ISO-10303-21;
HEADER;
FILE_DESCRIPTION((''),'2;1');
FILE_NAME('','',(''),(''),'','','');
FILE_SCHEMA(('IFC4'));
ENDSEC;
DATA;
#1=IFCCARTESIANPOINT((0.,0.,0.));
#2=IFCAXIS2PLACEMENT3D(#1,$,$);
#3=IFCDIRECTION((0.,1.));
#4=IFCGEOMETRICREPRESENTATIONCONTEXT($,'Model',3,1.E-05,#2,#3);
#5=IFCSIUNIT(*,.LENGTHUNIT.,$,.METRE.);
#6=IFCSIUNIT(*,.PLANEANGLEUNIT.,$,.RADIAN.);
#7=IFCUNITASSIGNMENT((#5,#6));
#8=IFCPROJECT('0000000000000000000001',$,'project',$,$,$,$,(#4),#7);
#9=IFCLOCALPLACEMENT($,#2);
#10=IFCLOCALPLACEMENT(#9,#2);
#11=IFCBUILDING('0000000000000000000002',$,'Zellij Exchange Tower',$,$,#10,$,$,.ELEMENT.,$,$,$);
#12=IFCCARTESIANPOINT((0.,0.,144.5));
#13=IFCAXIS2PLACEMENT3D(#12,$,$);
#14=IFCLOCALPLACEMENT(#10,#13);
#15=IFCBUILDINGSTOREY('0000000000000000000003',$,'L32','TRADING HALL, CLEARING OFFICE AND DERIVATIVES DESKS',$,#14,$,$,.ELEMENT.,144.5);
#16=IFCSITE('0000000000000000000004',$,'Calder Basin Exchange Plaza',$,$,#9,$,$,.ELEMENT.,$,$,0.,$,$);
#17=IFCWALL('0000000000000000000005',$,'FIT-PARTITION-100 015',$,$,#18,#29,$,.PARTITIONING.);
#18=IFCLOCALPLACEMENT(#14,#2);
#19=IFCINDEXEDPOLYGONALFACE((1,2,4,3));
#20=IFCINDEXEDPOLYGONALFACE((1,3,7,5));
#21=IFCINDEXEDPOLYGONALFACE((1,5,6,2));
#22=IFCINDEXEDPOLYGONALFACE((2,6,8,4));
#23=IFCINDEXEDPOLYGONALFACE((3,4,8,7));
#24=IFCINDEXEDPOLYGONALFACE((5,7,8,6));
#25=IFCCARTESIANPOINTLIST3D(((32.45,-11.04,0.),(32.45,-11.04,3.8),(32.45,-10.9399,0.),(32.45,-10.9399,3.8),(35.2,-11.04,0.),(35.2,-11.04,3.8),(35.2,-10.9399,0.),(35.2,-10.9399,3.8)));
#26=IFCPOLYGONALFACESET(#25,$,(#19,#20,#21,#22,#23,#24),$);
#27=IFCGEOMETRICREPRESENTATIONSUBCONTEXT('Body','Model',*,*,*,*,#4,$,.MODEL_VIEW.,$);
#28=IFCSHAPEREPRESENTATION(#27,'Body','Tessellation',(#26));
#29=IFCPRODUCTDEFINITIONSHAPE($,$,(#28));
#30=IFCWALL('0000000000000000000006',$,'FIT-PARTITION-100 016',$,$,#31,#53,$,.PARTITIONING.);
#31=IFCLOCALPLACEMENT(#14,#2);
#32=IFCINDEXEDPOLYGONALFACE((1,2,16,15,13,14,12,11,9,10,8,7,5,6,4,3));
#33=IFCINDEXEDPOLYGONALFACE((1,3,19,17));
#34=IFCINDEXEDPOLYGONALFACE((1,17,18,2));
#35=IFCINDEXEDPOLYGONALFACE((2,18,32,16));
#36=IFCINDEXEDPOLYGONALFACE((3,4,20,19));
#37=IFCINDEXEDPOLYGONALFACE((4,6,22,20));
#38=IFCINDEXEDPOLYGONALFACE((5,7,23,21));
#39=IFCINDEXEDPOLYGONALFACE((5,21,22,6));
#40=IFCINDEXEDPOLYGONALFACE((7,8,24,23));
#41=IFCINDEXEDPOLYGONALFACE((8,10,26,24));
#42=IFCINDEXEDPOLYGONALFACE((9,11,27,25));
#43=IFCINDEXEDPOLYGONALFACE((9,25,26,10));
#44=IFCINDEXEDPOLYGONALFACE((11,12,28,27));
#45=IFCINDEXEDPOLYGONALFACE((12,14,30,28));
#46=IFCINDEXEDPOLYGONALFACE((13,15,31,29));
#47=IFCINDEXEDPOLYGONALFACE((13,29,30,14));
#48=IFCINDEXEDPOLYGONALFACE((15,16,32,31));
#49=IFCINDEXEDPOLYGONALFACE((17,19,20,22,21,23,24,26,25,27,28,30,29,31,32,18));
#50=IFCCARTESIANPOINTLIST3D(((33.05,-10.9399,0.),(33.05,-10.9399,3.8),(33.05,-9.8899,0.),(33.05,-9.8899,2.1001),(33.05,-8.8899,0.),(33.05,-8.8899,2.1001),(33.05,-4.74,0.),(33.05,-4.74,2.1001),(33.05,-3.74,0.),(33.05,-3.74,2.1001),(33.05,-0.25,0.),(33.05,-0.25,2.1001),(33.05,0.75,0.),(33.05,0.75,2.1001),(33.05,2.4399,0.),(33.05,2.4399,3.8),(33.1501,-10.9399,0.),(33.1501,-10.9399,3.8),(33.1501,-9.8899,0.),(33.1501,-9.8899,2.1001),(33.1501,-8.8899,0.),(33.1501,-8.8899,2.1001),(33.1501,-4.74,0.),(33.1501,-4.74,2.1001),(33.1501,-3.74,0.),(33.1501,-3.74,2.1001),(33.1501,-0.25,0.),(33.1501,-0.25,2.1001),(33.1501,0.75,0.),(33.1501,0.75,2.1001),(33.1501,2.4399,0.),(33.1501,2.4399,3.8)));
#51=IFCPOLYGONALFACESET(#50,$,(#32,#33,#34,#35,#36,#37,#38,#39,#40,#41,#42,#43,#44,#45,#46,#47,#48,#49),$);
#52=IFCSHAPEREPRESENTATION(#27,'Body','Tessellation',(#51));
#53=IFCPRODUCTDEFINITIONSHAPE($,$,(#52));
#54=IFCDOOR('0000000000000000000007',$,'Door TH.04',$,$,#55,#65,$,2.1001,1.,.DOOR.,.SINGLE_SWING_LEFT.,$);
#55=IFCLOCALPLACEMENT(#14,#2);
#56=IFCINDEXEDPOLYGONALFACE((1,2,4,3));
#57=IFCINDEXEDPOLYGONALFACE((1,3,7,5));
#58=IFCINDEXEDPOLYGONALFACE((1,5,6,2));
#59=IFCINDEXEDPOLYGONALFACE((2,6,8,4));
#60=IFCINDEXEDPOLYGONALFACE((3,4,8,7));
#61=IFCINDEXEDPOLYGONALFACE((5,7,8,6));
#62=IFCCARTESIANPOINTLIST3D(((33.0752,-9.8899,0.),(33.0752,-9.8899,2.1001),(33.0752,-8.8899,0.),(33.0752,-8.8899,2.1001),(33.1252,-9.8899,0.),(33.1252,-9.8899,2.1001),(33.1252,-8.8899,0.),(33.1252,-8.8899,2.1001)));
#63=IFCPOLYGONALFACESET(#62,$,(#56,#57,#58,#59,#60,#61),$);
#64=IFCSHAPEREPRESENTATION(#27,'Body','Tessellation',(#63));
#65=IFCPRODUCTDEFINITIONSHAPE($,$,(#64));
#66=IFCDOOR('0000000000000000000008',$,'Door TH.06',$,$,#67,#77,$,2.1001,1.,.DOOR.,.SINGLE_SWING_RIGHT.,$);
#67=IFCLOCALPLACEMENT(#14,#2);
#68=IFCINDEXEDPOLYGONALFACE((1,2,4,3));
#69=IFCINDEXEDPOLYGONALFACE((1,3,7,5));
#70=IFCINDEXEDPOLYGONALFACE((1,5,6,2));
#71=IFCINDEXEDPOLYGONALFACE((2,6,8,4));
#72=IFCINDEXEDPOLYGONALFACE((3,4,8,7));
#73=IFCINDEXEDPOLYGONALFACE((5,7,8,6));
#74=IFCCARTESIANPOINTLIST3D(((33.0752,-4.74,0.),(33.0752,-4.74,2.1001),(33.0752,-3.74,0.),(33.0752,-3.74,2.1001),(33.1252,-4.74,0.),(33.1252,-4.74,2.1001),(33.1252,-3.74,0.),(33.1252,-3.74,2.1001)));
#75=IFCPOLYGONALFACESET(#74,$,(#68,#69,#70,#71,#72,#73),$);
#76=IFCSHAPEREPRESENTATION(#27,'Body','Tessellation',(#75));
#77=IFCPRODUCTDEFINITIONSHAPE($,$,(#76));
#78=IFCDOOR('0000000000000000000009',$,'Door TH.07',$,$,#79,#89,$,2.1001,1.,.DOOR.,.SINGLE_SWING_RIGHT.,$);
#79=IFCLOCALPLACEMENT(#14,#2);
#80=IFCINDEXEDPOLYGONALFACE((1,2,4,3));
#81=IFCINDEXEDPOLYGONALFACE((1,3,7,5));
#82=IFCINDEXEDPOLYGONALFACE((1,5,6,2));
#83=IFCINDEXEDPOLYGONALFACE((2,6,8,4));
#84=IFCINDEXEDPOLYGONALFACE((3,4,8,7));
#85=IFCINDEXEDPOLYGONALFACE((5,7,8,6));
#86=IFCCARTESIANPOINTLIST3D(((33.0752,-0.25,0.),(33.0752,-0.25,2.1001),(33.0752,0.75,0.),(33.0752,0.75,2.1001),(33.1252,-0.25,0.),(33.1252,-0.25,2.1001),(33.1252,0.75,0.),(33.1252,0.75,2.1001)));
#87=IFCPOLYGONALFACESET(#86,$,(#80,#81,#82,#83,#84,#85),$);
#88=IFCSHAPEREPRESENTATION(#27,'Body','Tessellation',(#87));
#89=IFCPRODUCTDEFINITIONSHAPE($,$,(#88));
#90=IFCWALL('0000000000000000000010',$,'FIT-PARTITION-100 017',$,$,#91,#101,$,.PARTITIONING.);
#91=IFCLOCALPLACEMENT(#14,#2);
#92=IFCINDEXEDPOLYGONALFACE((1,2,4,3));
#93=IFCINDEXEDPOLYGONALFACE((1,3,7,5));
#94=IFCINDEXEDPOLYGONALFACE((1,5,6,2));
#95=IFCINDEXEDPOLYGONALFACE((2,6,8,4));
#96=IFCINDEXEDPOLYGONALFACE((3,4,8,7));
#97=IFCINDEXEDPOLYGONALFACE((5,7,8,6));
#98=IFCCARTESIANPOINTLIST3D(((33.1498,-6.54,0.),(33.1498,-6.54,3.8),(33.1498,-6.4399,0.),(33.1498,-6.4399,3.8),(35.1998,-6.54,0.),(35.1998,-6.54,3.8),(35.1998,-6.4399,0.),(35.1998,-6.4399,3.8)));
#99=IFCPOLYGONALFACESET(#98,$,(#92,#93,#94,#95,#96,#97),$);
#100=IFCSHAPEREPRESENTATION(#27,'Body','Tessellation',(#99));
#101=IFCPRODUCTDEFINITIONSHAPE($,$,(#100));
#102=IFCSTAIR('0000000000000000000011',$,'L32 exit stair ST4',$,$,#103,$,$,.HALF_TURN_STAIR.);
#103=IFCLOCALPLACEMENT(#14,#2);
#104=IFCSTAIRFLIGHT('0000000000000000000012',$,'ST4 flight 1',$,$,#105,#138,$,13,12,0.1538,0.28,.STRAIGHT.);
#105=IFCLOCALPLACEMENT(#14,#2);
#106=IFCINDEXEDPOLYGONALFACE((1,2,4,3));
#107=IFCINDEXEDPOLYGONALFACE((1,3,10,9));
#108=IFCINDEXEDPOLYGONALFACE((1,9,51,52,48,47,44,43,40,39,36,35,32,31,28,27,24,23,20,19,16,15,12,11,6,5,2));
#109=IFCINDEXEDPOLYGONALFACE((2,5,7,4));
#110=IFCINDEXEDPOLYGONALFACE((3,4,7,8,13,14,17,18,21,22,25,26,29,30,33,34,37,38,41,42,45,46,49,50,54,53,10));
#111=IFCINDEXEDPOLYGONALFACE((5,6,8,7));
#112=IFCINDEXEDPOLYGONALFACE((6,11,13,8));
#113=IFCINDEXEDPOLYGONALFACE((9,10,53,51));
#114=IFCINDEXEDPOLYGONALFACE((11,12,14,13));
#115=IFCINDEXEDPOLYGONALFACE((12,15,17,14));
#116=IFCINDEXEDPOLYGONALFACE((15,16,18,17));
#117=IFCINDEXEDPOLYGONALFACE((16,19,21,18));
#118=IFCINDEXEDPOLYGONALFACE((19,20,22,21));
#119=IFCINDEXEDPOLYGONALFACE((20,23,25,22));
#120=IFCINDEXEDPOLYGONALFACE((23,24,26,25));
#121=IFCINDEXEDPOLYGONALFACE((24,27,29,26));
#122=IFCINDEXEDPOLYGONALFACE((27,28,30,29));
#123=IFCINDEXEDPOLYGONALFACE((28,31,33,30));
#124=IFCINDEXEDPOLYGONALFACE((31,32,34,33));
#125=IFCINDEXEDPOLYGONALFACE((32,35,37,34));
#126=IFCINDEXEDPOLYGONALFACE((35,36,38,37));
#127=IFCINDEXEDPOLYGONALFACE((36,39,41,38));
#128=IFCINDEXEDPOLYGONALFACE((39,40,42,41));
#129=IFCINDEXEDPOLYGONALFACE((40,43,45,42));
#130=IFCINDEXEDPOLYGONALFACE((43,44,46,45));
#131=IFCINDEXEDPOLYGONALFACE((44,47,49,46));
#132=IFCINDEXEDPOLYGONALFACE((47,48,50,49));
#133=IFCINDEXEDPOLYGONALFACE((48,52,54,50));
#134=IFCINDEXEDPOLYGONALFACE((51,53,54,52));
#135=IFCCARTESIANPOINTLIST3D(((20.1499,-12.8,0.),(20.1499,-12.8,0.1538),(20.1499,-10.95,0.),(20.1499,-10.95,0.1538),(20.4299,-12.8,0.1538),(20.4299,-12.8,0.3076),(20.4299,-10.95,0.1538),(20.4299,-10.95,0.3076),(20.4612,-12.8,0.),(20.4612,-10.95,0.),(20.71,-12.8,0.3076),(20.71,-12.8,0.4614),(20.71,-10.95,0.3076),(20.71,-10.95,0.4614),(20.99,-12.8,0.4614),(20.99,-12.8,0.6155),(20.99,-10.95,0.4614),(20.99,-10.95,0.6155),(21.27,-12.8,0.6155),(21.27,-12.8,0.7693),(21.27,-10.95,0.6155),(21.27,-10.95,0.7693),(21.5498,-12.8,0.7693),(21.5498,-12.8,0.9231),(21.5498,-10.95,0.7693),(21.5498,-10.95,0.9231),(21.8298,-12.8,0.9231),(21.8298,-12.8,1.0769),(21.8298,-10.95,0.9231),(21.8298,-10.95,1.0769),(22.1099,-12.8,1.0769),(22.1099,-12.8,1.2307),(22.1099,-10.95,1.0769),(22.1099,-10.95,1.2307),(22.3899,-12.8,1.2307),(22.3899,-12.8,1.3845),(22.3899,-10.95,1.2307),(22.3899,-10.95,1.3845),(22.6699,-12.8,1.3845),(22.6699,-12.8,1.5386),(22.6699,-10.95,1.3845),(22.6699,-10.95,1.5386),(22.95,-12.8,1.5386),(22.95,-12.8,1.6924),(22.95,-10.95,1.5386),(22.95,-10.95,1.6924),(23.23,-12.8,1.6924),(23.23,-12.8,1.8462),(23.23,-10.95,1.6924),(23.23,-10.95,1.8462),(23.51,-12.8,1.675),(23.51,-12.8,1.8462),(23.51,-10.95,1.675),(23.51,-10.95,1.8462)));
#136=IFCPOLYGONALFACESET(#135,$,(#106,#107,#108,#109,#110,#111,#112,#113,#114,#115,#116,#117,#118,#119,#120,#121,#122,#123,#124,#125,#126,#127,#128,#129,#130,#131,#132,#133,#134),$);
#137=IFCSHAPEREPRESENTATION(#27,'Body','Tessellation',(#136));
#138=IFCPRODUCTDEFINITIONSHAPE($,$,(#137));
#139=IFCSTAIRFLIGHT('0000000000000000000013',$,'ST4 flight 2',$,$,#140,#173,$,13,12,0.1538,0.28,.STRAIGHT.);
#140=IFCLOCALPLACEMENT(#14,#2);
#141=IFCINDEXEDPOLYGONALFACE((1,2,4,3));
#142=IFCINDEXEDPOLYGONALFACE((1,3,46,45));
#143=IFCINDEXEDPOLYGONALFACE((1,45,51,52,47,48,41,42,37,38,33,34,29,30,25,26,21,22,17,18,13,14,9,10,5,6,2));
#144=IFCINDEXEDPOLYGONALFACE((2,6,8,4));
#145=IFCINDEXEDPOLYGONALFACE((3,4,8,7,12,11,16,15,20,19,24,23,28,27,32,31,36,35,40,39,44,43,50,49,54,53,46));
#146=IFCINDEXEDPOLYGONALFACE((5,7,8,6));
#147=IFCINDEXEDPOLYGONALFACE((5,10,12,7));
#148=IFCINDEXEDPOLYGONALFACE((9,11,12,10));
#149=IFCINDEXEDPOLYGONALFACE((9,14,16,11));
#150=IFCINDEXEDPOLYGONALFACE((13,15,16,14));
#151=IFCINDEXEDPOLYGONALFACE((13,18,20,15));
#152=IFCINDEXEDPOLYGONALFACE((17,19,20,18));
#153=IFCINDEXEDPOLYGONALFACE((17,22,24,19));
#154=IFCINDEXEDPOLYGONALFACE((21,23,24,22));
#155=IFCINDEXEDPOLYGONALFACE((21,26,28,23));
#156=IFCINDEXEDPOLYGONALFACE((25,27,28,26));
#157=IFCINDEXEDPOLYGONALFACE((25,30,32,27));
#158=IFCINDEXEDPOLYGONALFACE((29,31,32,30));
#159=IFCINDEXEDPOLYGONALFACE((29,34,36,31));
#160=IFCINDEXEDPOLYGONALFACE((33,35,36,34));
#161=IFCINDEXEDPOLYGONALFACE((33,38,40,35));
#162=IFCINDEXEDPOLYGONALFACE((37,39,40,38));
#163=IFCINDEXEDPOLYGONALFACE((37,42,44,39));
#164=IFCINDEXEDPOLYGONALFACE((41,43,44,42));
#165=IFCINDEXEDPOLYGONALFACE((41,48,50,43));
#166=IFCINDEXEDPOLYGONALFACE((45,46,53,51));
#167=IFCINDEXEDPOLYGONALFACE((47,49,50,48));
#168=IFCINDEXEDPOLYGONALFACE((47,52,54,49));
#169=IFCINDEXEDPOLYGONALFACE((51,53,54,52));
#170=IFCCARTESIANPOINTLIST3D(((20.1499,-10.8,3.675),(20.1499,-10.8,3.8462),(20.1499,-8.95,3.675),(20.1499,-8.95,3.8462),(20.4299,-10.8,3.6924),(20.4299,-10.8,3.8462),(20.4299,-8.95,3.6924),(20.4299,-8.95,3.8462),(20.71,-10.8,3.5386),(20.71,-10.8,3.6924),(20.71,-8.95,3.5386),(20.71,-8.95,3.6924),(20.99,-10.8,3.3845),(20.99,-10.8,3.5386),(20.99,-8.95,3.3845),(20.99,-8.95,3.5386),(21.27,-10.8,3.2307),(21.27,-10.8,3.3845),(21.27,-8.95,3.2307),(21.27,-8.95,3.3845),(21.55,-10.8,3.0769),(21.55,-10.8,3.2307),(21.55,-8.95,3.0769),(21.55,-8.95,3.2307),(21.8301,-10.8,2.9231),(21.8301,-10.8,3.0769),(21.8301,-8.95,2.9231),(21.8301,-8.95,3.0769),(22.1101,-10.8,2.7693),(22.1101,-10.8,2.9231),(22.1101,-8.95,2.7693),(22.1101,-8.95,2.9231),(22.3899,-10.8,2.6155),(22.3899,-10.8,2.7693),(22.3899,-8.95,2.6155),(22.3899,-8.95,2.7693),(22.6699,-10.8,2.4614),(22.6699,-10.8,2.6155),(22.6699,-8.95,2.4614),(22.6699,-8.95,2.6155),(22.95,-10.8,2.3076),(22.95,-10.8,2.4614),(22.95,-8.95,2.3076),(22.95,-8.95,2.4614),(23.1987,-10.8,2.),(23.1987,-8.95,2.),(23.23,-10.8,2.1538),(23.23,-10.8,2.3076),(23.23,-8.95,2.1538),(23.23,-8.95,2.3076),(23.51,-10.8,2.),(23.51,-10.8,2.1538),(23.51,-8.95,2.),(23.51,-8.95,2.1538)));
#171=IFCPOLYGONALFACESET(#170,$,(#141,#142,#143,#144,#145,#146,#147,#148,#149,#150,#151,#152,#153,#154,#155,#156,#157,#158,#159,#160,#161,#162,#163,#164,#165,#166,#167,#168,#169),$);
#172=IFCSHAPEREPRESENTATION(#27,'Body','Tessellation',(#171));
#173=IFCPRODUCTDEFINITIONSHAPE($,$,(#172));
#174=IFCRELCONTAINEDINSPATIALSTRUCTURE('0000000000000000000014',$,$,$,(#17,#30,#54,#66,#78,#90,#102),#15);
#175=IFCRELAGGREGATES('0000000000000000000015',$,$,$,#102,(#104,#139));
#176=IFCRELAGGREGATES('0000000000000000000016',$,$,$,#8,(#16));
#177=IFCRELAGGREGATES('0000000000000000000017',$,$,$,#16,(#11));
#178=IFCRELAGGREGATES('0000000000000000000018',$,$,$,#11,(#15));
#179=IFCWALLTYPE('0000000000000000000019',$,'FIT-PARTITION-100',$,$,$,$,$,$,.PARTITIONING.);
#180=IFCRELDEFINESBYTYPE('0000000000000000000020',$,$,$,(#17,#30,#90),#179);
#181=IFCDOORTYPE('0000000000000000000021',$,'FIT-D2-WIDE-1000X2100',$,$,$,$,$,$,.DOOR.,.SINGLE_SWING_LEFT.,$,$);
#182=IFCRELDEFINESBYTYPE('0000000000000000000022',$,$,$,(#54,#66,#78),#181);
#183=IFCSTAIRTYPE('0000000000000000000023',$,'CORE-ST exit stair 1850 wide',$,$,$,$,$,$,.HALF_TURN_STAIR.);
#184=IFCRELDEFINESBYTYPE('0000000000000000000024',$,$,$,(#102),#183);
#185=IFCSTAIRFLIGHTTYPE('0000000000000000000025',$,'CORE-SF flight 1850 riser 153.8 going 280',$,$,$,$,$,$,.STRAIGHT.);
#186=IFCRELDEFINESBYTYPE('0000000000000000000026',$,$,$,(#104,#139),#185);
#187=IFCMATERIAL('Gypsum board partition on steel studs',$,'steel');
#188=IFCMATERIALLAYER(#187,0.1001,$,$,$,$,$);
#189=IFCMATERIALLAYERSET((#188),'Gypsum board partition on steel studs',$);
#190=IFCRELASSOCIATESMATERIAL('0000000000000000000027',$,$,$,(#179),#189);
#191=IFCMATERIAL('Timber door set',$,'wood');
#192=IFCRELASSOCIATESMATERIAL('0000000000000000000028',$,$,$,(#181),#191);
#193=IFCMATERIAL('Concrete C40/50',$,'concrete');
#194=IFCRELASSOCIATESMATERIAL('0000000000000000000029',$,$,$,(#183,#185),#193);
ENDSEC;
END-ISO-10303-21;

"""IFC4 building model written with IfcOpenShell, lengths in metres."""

from ifc_helpers import new_model, si_unit, direction, frame, frame_2d, origin, place, context, subcontext, project, spatial, polyline, rectangle, outline, extrude, material, layer, layer_set, type_object, element, fill, aggregate, save


model = new_model("IFC4")

# Units and contexts
model_context = context("Model", 3, precision=1e-05, world=origin(), true_north=direction((0.0, 1.0)))
body_context = subcontext(model_context, "Body", "Model", "MODEL_VIEW")
ifc_project = project(units=[si_unit("LENGTHUNIT", "METRE"), si_unit("PLANEANGLEUNIT", "RADIAN")], contexts=[model_context])

# Site, building, storey
site_placement = place(None, origin())
site = spatial("IfcSite", under=ifc_project, at=site_placement, Name="Calder Basin Exchange Plaza", CompositionType="ELEMENT", RefElevation=0.0)
building_placement = place(site_placement, origin())
building = spatial("IfcBuilding", under=site, at=building_placement, Name="Zellij Exchange Tower", CompositionType="ELEMENT")
storey_placement = place(building_placement, frame((0.0, 0.0, 144.5)))
storey = spatial("IfcBuildingStorey", under=building, at=storey_placement, Name="L32", Description="TRADING HALL, CLEARING OFFICE AND DERIVATIVES DESKS", CompositionType="ELEMENT", Elevation=144.5)

# Shared definitions
ifc_material_1 = material(Name="Gypsum board partition on steel studs", Category="steel")
ifc_layer_1 = layer(ifc_material_1, 0.1001)
ifc_layer_set_1 = layer_set([ifc_layer_1], Name="Gypsum board partition on steel studs")
wall_type_1 = type_object("IfcWallType", Name="FIT-PARTITION-100", PredefinedType="PARTITIONING", material=ifc_layer_set_1)
ifc_material_2 = material(Name="Timber door set", Category="wood")
door_type_1 = type_object("IfcDoorType", Name="FIT-D2-WIDE-1000X2100", OperationType="SINGLE_SWING_LEFT", PredefinedType="DOOR", material=ifc_material_2)

# Wall
wall_1_placement = place(storey_placement, frame((32.45, -10.99, 0.0), z_axis=(0.0, 0.0, 1.0), x_axis=(1.0, 0.0, 0.0)))
element("IfcWall", 1, at=wall_1_placement, inside=storey, type_object=wall_type_1, Name="FIT-PARTITION-100 015", PredefinedType="PARTITIONING", context=body_context, shape_type="SweptSolid", body=[
    extrude(rectangle(XDim=2.75, YDim=0.1001, at=frame_2d((1.375, 0.0))), origin(), (0.0, 0.0, 1.0), 3.8),
])

# Wall, openings, doors
wall_2_placement = place(storey_placement, frame((33.1001, -10.9399, 0.0), z_axis=(0.0, 0.0, 1.0), x_axis=(0.0, 1.0, 0.0)))
wall_2 = element("IfcWall", 2, at=wall_2_placement, inside=storey, type_object=wall_type_1, Name="FIT-PARTITION-100 016", PredefinedType="PARTITIONING", context=body_context, shape_type="SweptSolid", body=[
    extrude(rectangle(XDim=13.3799, YDim=0.1001, at=frame_2d((6.6899, 0.0))), origin(), (0.0, 0.0, 1.0), 3.8),
])
opening_1_placement = place(wall_2_placement, frame((1.05, 0.0, 0.0)))
opening_1 = element("IfcOpeningElement", 3, at=opening_1_placement, cuts=wall_2, PredefinedType="OPENING", context=body_context, shape_type="SweptSolid", body=[
    extrude(rectangle(XDim=1.0, YDim=2.1001, at=frame_2d((0.5, 1.05))), frame((0.0, 0.062, 0.0), z_axis=(0.0, -1.0, 0.0), x_axis=(1.0, 0.0, 0.0)), (0.0, 0.0, 1.0), 0.124),
])
opening_2_placement = place(wall_2_placement, frame((6.2, 0.0, 0.0)))
opening_2 = element("IfcOpeningElement", 4, at=opening_2_placement, cuts=wall_2, PredefinedType="OPENING", context=body_context, shape_type="SweptSolid", body=[
    extrude(rectangle(XDim=1.0, YDim=2.1001, at=frame_2d((0.5, 1.05))), frame((0.0, 0.062, 0.0), z_axis=(0.0, -1.0, 0.0), x_axis=(1.0, 0.0, 0.0)), (0.0, 0.0, 1.0), 0.124),
])
opening_3_placement = place(wall_2_placement, frame((10.6899, 0.0, 0.0)))
opening_3 = element("IfcOpeningElement", 5, at=opening_3_placement, cuts=wall_2, PredefinedType="OPENING", context=body_context, shape_type="SweptSolid", body=[
    extrude(rectangle(XDim=1.0, YDim=2.1001, at=frame_2d((0.5, 1.05))), frame((0.0, 0.062, 0.0), z_axis=(0.0, -1.0, 0.0), x_axis=(1.0, 0.0, 0.0)), (0.0, 0.0, 1.0), 0.124),
])
door_1_placement = place(opening_1_placement, origin())
door_1 = element("IfcDoor", 6, at=door_1_placement, inside=storey, type_object=door_type_1, Name="Door TH.04", OperationType="SINGLE_SWING_LEFT", OverallHeight=2.1001, OverallWidth=1.0, PredefinedType="DOOR", context=body_context, shape_type="SweptSolid", body=[
    extrude(rectangle(XDim=1.0, YDim=2.1001, at=frame_2d((0.5, 1.05))), frame((0.0, 0.0249, 0.0), z_axis=(0.0, -1.0, 0.0), x_axis=(1.0, 0.0, 0.0)), (0.0, 0.0, 1.0), 0.05),
])
fill(opening_1, door_1)
door_2_placement = place(opening_2_placement, origin())
door_2 = element("IfcDoor", 7, at=door_2_placement, inside=storey, type_object=door_type_1, Name="Door TH.06", OperationType="SINGLE_SWING_RIGHT", OverallHeight=2.1001, OverallWidth=1.0, PredefinedType="DOOR", context=body_context, shape_type="SweptSolid", body=[
    extrude(rectangle(XDim=1.0, YDim=2.1001, at=frame_2d((0.5, 1.05))), frame((0.0, 0.0249, 0.0), z_axis=(0.0, -1.0, 0.0), x_axis=(1.0, 0.0, 0.0)), (0.0, 0.0, 1.0), 0.05),
])
fill(opening_2, door_2)
door_3_placement = place(opening_3_placement, origin())
door_3 = element("IfcDoor", 8, at=door_3_placement, inside=storey, type_object=door_type_1, Name="Door TH.07", OperationType="SINGLE_SWING_RIGHT", OverallHeight=2.1001, OverallWidth=1.0, PredefinedType="DOOR", context=body_context, shape_type="SweptSolid", body=[
    extrude(rectangle(XDim=1.0, YDim=2.1001, at=frame_2d((0.5, 1.05))), frame((0.0, 0.0249, 0.0), z_axis=(0.0, -1.0, 0.0), x_axis=(1.0, 0.0, 0.0)), (0.0, 0.0, 1.0), 0.05),
])
fill(opening_3, door_3)

# Wall
wall_3_placement = place(storey_placement, frame((33.1499, -6.49, 0.0), z_axis=(0.0, 0.0, 1.0), x_axis=(1.0, 0.0, 0.0)))
element("IfcWall", 9, at=wall_3_placement, inside=storey, type_object=wall_type_1, Name="FIT-PARTITION-100 017", PredefinedType="PARTITIONING", context=body_context, shape_type="SweptSolid", body=[
    extrude(rectangle(XDim=2.05, YDim=0.1001, at=frame_2d((1.0249, 0.0))), origin(), (0.0, 0.0, 1.0), 3.8),
])

# Stair, stair flights
ifc_material_3 = material(Name="Concrete C40/50", Category="concrete")
stair_type = type_object("IfcStairType", Name="CORE-ST exit stair 1850 wide", PredefinedType="HALF_TURN_STAIR", material=ifc_material_3)
stair_placement = place(storey_placement, origin())
stair = element("IfcStair", 10, at=stair_placement, inside=storey, type_object=stair_type, Name="L32 exit stair ST4", PredefinedType="HALF_TURN_STAIR")
stair_flight_type = type_object("IfcStairFlightType", Name="CORE-SF flight 1850 riser 153.8 going 280", PredefinedType="STRAIGHT", material=ifc_material_3)
stair_flight_1_placement = place(storey_placement, frame((20.1499, -11.875, 0.0), z_axis=(0.0, 0.0, 1.0), x_axis=(1.0, 0.0, 0.0)))
stair_flight_1 = element("IfcStairFlight", 11, at=stair_flight_1_placement, type_object=stair_flight_type, Name="ST4 flight 1", NumberOfRisers=13, NumberOfTreads=12, PredefinedType="STRAIGHT", RiserHeight=0.1538, TreadLength=0.28, context=body_context, shape_type="SweptSolid", body=[
    extrude(outline(polyline([(0.0, 0.0), (0.0, 0.1538), (0.28, 0.1538), (0.28, 0.3076), (0.5601, 0.3076), (0.5601, 0.4614), (0.8401, 0.4614), (0.8401, 0.6155), (1.1201, 0.6155), (1.1201, 0.7693), (1.3999, 0.7693), (1.3999, 0.9231), (1.6799, 0.9231), (1.6799, 1.0769), (1.96, 1.0769), (1.96, 1.2307), (2.24, 1.2307), (2.24, 1.3845), (2.52, 1.3845), (2.52, 1.5386), (2.8, 1.5386), (2.8, 1.6924), (3.0801, 1.6924), (3.0801, 1.8462), (3.3601, 1.8462), (3.3601, 2.0), (3.3601, 1.675), (0.3113, 0.0), (0.0, 0.0)])), frame((0.0, 0.925, 0.0), z_axis=(0.0, -1.0, 0.0), x_axis=(1.0, 0.0, 0.0)), (0.0, 0.0, 1.0), 1.8501),
])
stair_flight_2_placement = place(storey_placement, frame((23.51, -9.875, 2.0), z_axis=(0.0, 0.0, 1.0), x_axis=(-1.0, 0.0, 0.0)))
stair_flight_2 = element("IfcStairFlight", 12, at=stair_flight_2_placement, type_object=stair_flight_type, Name="ST4 flight 2", NumberOfRisers=13, NumberOfTreads=12, PredefinedType="STRAIGHT", RiserHeight=0.1538, TreadLength=0.28, context=body_context, shape_type="SweptSolid", body=[
    extrude(outline(polyline([(0.0, 0.0), (0.0, 0.1538), (0.28, 0.1538), (0.28, 0.3076), (0.5601, 0.3076), (0.5601, 0.4614), (0.8401, 0.4614), (0.8401, 0.6155), (1.1201, 0.6155), (1.1201, 0.7693), (1.3999, 0.7693), (1.3999, 0.9231), (1.6799, 0.9231), (1.6799, 1.0769), (1.96, 1.0769), (1.96, 1.2307), (2.24, 1.2307), (2.24, 1.3845), (2.52, 1.3845), (2.52, 1.5386), (2.8, 1.5386), (2.8, 1.6924), (3.0801, 1.6924), (3.0801, 1.8462), (3.3601, 1.8462), (3.3601, 2.0), (3.3601, 1.675), (0.3113, 0.0), (0.0, 0.0)])), frame((0.0, 0.925, 0.0), z_axis=(0.0, -1.0, 0.0), x_axis=(1.0, 0.0, 0.0)), (0.0, 0.0, 1.0), 1.8501),
])
aggregate(stair, [stair_flight_1, stair_flight_2])

save(model, "model.ifc")
